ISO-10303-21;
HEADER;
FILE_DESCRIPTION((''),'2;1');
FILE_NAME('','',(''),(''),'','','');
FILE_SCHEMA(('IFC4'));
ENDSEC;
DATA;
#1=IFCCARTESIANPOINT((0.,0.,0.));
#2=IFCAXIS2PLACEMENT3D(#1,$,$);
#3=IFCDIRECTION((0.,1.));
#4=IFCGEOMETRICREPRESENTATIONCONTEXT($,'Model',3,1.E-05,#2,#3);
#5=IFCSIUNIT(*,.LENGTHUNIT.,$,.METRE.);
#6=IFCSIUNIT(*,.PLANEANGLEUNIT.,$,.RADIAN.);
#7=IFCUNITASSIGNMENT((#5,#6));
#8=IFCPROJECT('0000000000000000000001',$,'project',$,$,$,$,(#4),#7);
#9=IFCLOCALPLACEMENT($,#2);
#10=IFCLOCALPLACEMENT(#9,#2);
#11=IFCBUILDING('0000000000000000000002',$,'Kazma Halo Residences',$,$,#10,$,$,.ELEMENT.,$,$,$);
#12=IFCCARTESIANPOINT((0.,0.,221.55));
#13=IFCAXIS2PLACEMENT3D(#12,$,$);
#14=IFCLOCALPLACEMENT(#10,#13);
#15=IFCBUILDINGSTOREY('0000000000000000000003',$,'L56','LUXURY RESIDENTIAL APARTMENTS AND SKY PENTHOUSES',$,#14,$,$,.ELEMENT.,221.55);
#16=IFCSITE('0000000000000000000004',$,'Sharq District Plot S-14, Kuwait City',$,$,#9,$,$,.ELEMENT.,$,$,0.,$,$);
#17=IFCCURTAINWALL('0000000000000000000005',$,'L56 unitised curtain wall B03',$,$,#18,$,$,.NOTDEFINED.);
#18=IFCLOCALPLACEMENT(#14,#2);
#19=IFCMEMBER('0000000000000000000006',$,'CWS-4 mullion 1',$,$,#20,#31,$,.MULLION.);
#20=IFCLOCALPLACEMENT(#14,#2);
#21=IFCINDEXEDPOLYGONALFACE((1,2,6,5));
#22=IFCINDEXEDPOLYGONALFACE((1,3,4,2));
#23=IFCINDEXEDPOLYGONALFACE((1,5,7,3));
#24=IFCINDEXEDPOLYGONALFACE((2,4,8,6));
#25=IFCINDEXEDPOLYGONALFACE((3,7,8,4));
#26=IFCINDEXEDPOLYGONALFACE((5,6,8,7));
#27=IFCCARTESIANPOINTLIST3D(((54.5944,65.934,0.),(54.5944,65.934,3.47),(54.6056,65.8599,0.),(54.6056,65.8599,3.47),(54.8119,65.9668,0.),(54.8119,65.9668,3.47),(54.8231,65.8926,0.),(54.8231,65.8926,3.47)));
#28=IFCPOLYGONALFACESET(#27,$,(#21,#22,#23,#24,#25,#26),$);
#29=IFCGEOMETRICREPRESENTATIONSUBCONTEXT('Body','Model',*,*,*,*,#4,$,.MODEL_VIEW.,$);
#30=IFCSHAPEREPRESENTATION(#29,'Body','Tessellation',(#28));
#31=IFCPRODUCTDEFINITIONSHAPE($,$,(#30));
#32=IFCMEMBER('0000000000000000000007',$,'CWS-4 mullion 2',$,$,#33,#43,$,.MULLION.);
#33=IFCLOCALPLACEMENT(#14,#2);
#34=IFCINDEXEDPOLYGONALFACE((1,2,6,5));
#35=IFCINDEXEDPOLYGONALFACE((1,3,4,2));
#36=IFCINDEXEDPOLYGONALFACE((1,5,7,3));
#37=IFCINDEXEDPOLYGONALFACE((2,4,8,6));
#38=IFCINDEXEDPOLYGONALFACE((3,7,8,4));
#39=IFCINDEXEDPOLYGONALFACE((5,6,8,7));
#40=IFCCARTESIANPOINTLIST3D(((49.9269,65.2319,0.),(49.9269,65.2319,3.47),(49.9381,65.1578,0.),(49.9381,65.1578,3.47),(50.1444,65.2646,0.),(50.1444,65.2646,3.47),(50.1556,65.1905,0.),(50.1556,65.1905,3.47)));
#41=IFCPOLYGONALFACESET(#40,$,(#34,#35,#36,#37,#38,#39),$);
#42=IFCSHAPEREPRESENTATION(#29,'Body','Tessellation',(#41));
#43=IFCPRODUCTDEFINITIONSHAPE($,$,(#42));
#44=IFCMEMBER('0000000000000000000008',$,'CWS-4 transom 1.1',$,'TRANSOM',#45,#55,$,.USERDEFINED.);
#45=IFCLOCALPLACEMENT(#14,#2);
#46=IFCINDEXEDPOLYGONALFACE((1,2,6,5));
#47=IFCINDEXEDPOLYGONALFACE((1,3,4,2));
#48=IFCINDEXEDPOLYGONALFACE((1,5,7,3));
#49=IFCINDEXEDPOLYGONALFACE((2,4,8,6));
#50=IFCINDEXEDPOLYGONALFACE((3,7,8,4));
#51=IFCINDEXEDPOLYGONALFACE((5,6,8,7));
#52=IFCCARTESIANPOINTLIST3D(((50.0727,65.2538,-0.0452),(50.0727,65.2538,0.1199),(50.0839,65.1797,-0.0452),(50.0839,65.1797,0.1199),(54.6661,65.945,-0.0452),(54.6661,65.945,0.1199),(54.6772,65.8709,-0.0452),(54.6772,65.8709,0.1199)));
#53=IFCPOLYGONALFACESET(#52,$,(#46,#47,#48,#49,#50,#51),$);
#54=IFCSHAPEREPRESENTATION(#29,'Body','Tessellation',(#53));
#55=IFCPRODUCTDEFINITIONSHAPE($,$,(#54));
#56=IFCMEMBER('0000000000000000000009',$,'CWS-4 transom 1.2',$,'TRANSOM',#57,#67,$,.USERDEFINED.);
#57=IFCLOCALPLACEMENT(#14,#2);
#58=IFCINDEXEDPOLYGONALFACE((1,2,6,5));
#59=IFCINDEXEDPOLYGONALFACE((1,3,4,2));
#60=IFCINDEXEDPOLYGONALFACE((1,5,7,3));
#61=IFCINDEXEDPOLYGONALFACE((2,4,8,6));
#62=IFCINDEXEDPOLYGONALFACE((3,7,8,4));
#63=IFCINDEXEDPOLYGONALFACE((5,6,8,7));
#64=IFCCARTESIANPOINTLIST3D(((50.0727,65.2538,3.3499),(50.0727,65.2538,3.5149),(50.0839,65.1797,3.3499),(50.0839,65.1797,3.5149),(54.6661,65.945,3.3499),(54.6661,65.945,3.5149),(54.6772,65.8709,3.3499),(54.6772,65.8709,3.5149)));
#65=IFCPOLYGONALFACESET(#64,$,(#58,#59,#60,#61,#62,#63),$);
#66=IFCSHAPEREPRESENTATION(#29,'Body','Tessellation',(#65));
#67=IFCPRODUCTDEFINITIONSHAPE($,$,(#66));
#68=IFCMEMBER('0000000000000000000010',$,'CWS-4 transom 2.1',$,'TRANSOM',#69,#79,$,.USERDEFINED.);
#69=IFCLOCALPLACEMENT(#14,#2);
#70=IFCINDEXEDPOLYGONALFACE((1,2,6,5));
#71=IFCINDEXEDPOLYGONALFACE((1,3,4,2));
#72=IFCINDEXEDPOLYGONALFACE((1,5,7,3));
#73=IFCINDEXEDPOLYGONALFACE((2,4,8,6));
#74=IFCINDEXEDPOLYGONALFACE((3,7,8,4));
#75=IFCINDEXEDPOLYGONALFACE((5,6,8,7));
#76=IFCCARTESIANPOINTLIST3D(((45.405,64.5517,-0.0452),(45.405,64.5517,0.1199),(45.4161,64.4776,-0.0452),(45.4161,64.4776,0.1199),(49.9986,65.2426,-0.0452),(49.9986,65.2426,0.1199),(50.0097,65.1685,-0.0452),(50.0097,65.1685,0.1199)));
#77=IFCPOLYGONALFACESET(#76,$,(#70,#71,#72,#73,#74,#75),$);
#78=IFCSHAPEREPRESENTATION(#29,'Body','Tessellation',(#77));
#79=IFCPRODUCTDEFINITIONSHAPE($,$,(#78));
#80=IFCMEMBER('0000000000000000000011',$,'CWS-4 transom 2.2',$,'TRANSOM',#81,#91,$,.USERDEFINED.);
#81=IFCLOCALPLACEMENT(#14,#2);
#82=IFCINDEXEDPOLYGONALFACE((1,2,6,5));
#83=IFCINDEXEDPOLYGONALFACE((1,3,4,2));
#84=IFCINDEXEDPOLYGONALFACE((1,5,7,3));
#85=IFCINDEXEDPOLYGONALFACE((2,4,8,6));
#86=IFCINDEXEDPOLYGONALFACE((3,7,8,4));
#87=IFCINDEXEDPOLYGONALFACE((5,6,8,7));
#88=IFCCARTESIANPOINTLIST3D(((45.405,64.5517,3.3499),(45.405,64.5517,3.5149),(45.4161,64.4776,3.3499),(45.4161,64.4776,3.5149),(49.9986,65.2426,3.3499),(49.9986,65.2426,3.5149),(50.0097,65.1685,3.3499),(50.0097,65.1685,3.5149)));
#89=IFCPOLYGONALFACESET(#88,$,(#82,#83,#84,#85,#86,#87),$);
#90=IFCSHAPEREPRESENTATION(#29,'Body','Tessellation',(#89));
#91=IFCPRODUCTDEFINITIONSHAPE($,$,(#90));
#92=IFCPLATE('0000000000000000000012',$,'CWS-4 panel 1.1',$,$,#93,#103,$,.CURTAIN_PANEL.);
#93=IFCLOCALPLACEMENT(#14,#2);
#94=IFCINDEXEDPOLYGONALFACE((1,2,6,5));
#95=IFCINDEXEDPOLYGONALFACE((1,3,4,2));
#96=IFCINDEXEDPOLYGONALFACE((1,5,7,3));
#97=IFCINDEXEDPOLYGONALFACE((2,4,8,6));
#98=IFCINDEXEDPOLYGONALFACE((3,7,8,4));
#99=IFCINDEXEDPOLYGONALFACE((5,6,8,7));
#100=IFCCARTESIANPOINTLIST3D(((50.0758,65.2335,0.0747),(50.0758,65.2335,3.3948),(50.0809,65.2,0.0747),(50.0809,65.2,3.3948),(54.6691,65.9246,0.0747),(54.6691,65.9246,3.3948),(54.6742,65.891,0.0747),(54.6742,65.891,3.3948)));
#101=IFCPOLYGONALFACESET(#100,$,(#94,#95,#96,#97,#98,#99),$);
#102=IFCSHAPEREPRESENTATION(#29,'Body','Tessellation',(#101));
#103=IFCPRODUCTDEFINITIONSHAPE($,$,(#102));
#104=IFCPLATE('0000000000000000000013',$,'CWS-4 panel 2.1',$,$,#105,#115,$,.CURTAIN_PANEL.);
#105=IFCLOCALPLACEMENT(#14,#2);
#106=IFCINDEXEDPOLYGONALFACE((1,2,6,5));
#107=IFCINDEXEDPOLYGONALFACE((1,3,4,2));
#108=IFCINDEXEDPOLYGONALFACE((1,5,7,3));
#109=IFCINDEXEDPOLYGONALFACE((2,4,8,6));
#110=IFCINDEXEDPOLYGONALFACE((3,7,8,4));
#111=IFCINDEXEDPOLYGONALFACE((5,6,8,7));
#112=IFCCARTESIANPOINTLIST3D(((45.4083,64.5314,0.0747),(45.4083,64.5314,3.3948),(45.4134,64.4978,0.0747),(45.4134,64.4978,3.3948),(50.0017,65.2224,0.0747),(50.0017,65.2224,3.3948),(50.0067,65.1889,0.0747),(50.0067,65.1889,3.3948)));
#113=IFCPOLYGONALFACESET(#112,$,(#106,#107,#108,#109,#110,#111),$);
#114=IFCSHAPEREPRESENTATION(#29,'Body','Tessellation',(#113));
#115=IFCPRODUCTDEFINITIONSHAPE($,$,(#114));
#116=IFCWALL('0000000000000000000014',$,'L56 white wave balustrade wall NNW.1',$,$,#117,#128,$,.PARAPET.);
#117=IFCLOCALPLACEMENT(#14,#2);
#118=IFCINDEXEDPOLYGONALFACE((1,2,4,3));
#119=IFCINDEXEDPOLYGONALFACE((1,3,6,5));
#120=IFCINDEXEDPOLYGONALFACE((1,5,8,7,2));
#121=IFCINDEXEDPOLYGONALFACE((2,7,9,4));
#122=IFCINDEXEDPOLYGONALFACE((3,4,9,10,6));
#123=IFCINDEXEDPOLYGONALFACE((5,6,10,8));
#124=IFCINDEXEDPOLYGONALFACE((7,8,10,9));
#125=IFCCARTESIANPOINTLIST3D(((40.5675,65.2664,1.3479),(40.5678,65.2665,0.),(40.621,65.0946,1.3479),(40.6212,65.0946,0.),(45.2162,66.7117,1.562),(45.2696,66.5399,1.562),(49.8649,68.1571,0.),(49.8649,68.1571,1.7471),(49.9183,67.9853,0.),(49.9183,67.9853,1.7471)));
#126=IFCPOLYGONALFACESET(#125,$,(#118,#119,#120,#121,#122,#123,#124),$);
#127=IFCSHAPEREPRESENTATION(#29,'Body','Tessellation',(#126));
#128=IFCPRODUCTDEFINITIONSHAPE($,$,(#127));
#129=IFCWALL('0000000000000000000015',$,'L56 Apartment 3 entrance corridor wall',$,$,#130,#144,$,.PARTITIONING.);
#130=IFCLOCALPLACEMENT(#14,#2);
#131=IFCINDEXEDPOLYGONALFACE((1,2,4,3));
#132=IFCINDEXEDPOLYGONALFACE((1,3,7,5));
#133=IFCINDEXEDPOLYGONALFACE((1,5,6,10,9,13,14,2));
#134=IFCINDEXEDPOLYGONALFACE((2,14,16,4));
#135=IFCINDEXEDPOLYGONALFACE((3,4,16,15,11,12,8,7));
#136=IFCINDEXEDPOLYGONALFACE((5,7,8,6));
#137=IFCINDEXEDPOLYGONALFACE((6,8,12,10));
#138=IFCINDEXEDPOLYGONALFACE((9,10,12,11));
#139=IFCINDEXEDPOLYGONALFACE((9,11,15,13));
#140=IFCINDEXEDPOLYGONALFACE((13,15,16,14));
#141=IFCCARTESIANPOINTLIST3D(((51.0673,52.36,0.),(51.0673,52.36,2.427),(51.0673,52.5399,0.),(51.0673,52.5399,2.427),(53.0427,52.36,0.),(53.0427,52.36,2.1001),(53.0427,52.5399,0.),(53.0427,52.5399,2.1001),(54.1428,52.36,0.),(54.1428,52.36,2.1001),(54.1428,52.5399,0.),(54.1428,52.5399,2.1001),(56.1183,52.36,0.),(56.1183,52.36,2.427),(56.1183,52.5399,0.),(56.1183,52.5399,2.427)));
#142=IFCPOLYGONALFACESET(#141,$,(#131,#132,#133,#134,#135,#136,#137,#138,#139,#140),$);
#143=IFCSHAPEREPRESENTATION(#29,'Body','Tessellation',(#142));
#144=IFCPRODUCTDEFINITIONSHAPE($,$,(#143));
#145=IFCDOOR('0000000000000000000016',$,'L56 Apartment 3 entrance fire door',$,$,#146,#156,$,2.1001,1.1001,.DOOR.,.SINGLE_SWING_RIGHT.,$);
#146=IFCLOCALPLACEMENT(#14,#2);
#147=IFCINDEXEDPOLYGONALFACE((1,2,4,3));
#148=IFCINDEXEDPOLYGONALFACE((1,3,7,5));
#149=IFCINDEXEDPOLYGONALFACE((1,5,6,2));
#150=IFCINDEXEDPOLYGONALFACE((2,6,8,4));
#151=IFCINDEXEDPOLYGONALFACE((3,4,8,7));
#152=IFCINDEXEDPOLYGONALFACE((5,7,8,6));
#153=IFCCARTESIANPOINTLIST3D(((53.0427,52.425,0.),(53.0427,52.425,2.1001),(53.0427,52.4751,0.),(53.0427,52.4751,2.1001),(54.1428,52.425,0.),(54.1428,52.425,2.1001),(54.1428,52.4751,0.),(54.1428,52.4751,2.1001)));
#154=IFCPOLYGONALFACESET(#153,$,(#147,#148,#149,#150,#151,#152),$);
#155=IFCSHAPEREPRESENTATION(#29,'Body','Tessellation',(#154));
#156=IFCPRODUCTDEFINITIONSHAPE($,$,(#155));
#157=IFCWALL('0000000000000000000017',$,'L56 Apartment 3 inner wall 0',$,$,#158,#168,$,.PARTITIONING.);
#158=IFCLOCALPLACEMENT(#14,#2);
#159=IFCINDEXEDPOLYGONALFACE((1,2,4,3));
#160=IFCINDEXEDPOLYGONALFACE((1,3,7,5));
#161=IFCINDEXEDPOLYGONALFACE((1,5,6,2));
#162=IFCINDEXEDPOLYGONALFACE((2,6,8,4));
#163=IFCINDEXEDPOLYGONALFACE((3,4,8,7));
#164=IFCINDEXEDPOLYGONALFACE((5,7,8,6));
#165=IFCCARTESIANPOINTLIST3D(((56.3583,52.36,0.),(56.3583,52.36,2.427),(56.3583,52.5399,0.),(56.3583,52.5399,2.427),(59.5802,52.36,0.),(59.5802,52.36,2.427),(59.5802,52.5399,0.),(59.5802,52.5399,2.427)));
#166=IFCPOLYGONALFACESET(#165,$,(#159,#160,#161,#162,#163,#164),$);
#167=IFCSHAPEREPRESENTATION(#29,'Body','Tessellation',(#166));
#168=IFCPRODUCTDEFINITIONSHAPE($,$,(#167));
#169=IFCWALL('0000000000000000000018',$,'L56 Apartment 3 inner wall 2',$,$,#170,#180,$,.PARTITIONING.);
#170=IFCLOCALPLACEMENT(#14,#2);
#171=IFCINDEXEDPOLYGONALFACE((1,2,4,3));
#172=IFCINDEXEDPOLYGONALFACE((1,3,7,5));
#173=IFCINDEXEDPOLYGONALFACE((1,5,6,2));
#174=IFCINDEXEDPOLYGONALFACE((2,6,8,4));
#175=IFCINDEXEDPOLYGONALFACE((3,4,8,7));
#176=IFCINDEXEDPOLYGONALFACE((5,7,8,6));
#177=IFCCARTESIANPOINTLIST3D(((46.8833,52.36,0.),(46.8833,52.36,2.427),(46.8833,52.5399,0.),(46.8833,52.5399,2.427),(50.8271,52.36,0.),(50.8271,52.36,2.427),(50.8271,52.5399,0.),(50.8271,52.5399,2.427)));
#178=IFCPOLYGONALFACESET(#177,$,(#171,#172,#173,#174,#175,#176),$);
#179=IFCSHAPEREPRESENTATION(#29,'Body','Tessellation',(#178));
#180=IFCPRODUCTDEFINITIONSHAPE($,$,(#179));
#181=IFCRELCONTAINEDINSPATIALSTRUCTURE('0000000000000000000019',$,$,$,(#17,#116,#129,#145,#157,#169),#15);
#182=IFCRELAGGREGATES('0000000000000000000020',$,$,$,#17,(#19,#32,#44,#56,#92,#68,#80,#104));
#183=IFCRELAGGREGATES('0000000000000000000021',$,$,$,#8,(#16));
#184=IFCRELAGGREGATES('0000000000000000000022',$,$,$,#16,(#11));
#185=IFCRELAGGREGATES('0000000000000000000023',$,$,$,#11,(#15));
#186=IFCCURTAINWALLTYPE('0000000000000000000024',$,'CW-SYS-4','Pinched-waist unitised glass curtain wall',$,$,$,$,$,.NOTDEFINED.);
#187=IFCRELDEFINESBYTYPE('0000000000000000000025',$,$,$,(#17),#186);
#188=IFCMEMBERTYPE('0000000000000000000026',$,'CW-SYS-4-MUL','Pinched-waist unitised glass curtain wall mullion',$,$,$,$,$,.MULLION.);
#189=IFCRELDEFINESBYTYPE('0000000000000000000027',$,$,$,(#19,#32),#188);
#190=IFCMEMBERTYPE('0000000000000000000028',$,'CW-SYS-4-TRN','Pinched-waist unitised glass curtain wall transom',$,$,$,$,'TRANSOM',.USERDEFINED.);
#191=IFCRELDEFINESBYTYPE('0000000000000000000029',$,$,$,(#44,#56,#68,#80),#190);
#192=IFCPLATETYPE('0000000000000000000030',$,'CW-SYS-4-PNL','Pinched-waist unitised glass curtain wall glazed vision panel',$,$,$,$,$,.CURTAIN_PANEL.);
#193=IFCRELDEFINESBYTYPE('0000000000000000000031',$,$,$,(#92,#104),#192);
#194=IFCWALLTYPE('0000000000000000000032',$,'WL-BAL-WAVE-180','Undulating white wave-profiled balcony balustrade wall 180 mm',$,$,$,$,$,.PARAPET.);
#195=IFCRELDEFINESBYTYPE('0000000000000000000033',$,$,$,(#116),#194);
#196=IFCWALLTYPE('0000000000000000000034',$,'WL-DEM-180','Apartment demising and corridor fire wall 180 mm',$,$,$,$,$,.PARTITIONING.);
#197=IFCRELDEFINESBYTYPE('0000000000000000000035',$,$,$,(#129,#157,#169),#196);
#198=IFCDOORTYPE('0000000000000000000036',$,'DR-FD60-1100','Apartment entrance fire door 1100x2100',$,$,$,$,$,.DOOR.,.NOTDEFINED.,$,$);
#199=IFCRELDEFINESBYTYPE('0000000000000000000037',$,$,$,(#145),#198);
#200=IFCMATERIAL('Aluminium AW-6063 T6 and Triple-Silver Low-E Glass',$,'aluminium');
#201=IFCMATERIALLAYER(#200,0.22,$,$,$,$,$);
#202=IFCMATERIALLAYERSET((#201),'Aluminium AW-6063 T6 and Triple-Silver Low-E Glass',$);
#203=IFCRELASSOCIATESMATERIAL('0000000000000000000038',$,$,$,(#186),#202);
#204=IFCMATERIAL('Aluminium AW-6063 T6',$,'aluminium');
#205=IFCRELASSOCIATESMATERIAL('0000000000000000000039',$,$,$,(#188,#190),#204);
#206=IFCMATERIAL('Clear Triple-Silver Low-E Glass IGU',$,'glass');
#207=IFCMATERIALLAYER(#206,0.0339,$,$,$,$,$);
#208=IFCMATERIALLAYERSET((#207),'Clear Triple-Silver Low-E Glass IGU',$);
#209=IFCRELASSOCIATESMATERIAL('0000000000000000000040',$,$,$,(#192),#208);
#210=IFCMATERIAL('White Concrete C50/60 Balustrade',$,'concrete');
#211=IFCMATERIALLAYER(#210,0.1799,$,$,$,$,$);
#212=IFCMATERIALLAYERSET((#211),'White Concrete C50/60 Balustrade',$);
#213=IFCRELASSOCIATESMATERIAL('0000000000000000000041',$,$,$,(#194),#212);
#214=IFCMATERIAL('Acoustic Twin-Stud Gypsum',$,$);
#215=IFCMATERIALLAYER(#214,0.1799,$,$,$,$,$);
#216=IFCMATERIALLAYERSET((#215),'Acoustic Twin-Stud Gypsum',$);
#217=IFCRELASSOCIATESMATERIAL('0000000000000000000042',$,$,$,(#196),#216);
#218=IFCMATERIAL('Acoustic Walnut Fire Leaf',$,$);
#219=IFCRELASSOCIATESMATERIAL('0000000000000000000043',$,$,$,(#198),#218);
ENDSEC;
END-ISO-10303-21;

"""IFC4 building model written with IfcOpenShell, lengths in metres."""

from ifc_helpers import new_model, si_unit, direction, frame, frame_2d, origin, origin_2d, place, context, subcontext, project, spatial, polyline, rectangle, outline, extrude, material, layer, layer_set, material_profile, profile_set, type_object, element, fill, aggregate, save


model = new_model("IFC4")

# Units and contexts
model_context = context("Model", 3, precision=1e-05, world=origin(), true_north=direction((0.0, 1.0)))
body_context = subcontext(model_context, "Body", "Model", "MODEL_VIEW")
ifc_project = project(units=[si_unit("LENGTHUNIT", "METRE"), si_unit("PLANEANGLEUNIT", "RADIAN")], contexts=[model_context])

# Site, building, storey
site_placement = place(None, origin())
site = spatial("IfcSite", under=ifc_project, at=site_placement, Name="Sharq District Plot S-14, Kuwait City", CompositionType="ELEMENT", RefElevation=0.0)
building_placement = place(site_placement, origin())
building = spatial("IfcBuilding", under=site, at=building_placement, Name="Kazma Halo Residences", CompositionType="ELEMENT")
storey_placement = place(building_placement, frame((0.0, 0.0, 221.55)))
storey = spatial("IfcBuildingStorey", under=building, at=storey_placement, Name="L56", Description="LUXURY RESIDENTIAL APARTMENTS AND SKY PENTHOUSES", CompositionType="ELEMENT", Elevation=221.55)

# Curtain wall, members, plates
ifc_material_1 = material(Name="Aluminium AW-6063 T6 and Triple-Silver Low-E Glass", Category="aluminium")
ifc_layer_1 = layer(ifc_material_1, 0.22)
ifc_layer_set_1 = layer_set([ifc_layer_1], Name="Aluminium AW-6063 T6 and Triple-Silver Low-E Glass")
curtain_wall_type = type_object("IfcCurtainWallType", Name="CW-SYS-4", Description="Pinched-waist unitised glass curtain wall", PredefinedType="NOTDEFINED", material=ifc_layer_set_1)
curtain_wall_placement = place(storey_placement, origin())
curtain_wall = element("IfcCurtainWall", 1, at=curtain_wall_placement, inside=storey, type_object=curtain_wall_type, Name="L56 unitised curtain wall B03", PredefinedType="NOTDEFINED")
ifc_material_2 = material(Name="Aluminium AW-6063 T6", Category="aluminium")
ifc_material_profile_1 = material_profile(ifc_material_2, rectangle(XDim=0.075, YDim=0.22, at=origin_2d()), Name="CWM-75x220")
ifc_profile_set_1 = profile_set([ifc_material_profile_1], Name="Aluminium AW-6063 T6")
member_type_1 = type_object("IfcMemberType", Name="CW-SYS-4-MUL", Description="Pinched-waist unitised glass curtain wall mullion", PredefinedType="MULLION", material=ifc_profile_set_1)
member_1_placement = place(storey_placement, frame((54.7087, 65.9133, 0.0), z_axis=(0.0, 0.0, 1.0), x_axis=(0.148773, -0.988871, 0.0)))
member_1 = element("IfcMember", 2, at=member_1_placement, type_object=member_type_1, Name="CWS-4 mullion 1", PredefinedType="MULLION", context=body_context, shape_type="SweptSolid", body=[
    extrude(rectangle(XDim=0.075, YDim=0.22, at=origin_2d()), origin(), (0.0, 0.0, 1.0), 3.47),
])
member_2_placement = place(storey_placement, frame((50.0413, 65.2112, 0.0), z_axis=(0.0, 0.0, 1.0), x_axis=(0.148773, -0.988871, 0.0)))
member_2 = element("IfcMember", 3, at=member_2_placement, type_object=member_type_1, Name="CWS-4 mullion 2", PredefinedType="MULLION", context=body_context, shape_type="SweptSolid", body=[
    extrude(rectangle(XDim=0.075, YDim=0.22, at=origin_2d()), origin(), (0.0, 0.0, 1.0), 3.47),
])
ifc_material_profile_2 = material_profile(ifc_material_2, rectangle(XDim=0.075, YDim=0.165, at=origin_2d()), Name="CWT-75x165")
ifc_profile_set_2 = profile_set([ifc_material_profile_2], Name="Aluminium AW-6063 T6")
member_type_2 = type_object("IfcMemberType", Name="CW-SYS-4-TRN", Description="Pinched-waist unitised glass curtain wall transom", ElementType="TRANSOM", PredefinedType="USERDEFINED", material=ifc_profile_set_2)
member_3_placement = place(storey_placement, frame((54.6716, 65.908, 0.0374), z_axis=(-0.988868, -0.148798, 0.0), x_axis=(0.148798, -0.988868, 0.0)))
member_3 = element("IfcMember", 4, at=member_3_placement, type_object=member_type_2, Name="CWS-4 transom 1.1", ObjectType="TRANSOM", PredefinedType="USERDEFINED", context=body_context, shape_type="SweptSolid", body=[
    extrude(rectangle(XDim=0.075, YDim=0.165, at=origin_2d()), origin(), (0.0, 0.0, 1.0), 4.645),
])
member_4_placement = place(storey_placement, frame((54.6716, 65.908, 3.4324), z_axis=(-0.988868, -0.148798, 0.0), x_axis=(0.148798, -0.988868, 0.0)))
member_4 = element("IfcMember", 5, at=member_4_placement, type_object=member_type_2, Name="CWS-4 transom 1.2", ObjectType="TRANSOM", PredefinedType="USERDEFINED", context=body_context, shape_type="SweptSolid", body=[
    extrude(rectangle(XDim=0.075, YDim=0.165, at=origin_2d()), origin(), (0.0, 0.0, 1.0), 4.645),
])
member_5_placement = place(storey_placement, frame((50.0042, 65.2056, 0.0374), z_axis=(-0.988877, -0.148739, 0.0), x_axis=(0.148739, -0.988877, 0.0)))
member_5 = element("IfcMember", 6, at=member_5_placement, type_object=member_type_2, Name="CWS-4 transom 2.1", ObjectType="TRANSOM", PredefinedType="USERDEFINED", context=body_context, shape_type="SweptSolid", body=[
    extrude(rectangle(XDim=0.075, YDim=0.165, at=origin_2d()), origin(), (0.0, 0.0, 1.0), 4.6453),
])
member_6_placement = place(storey_placement, frame((50.0042, 65.2056, 3.4324), z_axis=(-0.988877, -0.148739, 0.0), x_axis=(0.148739, -0.988877, 0.0)))
member_6 = element("IfcMember", 7, at=member_6_placement, type_object=member_type_2, Name="CWS-4 transom 2.2", ObjectType="TRANSOM", PredefinedType="USERDEFINED", context=body_context, shape_type="SweptSolid", body=[
    extrude(rectangle(XDim=0.075, YDim=0.165, at=origin_2d()), origin(), (0.0, 0.0, 1.0), 4.6453),
])
ifc_material_3 = material(Name="Clear Triple-Silver Low-E Glass IGU", Category="glass")
ifc_layer_2 = layer(ifc_material_3, 0.0339)
ifc_layer_set_2 = layer_set([ifc_layer_2], Name="Clear Triple-Silver Low-E Glass IGU")
plate_type = type_object("IfcPlateType", Name="CW-SYS-4-PNL", Description="Pinched-waist unitised glass curtain wall glazed vision panel", PredefinedType="CURTAIN_PANEL", material=ifc_layer_set_2)
plate_1_placement = place(storey_placement, frame((52.375, 65.5623, 0.0747), z_axis=(0.0, 0.0, 1.0), x_axis=(-0.988871, -0.148773, 0.0)))
plate_1 = element("IfcPlate", 8, at=plate_1_placement, type_object=plate_type, Name="CWS-4 panel 1.1", PredefinedType="CURTAIN_PANEL", context=body_context, shape_type="SweptSolid", body=[
    extrude(rectangle(XDim=4.645, YDim=0.0339, at=origin_2d()), origin(), (0.0, 0.0, 1.0), 3.3201),
])
plate_2_placement = place(storey_placement, frame((47.7075, 64.8601, 0.0747), z_axis=(0.0, 0.0, 1.0), x_axis=(-0.988871, -0.148773, 0.0)))
plate_2 = element("IfcPlate", 9, at=plate_2_placement, type_object=plate_type, Name="CWS-4 panel 2.1", PredefinedType="CURTAIN_PANEL", context=body_context, shape_type="SweptSolid", body=[
    extrude(rectangle(XDim=4.645, YDim=0.0339, at=origin_2d()), origin(), (0.0, 0.0, 1.0), 3.3201),
])
aggregate(curtain_wall, [member_1, member_2, member_3, member_4, plate_1, member_5, member_6, plate_2])

# Wall
ifc_material_4 = material(Name="White Concrete C50/60 Balustrade", Category="concrete")
ifc_layer_3 = layer(ifc_material_4, 0.1799)
ifc_layer_set_3 = layer_set([ifc_layer_3], Name="White Concrete C50/60 Balustrade")
wall_type_1 = type_object("IfcWallType", Name="WL-BAL-WAVE-180", Description="Undulating white wave-profiled balcony balustrade wall 180 mm", PredefinedType="PARAPET", material=ifc_layer_set_3)
wall_1_placement = place(storey_placement, frame((49.8916, 68.071, 0.0), z_axis=(0.0, 0.0, 1.0), x_axis=(-0.95491, -0.296897, 0.0)))
element("IfcWall", 10, at=wall_1_placement, inside=storey, type_object=wall_type_1, Name="L56 white wave balustrade wall NNW.1", PredefinedType="PARAPET", context=body_context, shape_type="SweptSolid", body=[
    extrude(outline(polyline([(0.0, 0.0), (9.7361, 0.0), (9.7363, 1.3479), (4.8682, 1.562), (0.0, 1.7471), (0.0, 0.0)])), frame((0.0, 0.0898, 0.0), z_axis=(0.0, -1.0, 0.0), x_axis=(1.0, 0.0, 0.0)), (0.0, 0.0, 1.0), 0.1799),
])

# Wall, opening, door
ifc_material_5 = material(Name="Acoustic Twin-Stud Gypsum")
ifc_layer_4 = layer(ifc_material_5, 0.1799)
ifc_layer_set_4 = layer_set([ifc_layer_4], Name="Acoustic Twin-Stud Gypsum")
wall_type_2 = type_object("IfcWallType", Name="WL-DEM-180", Description="Apartment demising and corridor fire wall 180 mm", PredefinedType="PARTITIONING", material=ifc_layer_set_4)
wall_2_placement = place(storey_placement, frame((56.1182, 52.45, 0.0), z_axis=(0.0, 0.0, 1.0), x_axis=(-1.0, 0.0, 0.0)))
wall_2 = element("IfcWall", 11, at=wall_2_placement, inside=storey, type_object=wall_type_2, Name="L56 Apartment 3 entrance corridor wall", PredefinedType="PARTITIONING", context=body_context, shape_type="SweptSolid", body=[
    extrude(rectangle(XDim=5.051, YDim=0.1799, at=frame_2d((2.5254, 0.0))), origin(), (0.0, 0.0, 1.0), 2.427),
])
opening_1_placement = place(wall_2_placement, frame((1.9753, 0.0, 0.0)))
opening_1 = element("IfcOpeningElement", 12, at=opening_1_placement, cuts=wall_2, PredefinedType="OPENING", context=body_context, shape_type="SweptSolid", body=[
    extrude(rectangle(XDim=1.1001, YDim=2.1001, at=frame_2d((0.55, 1.05))), frame((0.0, 0.0999, 0.0), z_axis=(0.0, -1.0, 0.0), x_axis=(1.0, 0.0, 0.0)), (0.0, 0.0, 1.0), 0.2),
])
ifc_material_6 = material(Name="Acoustic Walnut Fire Leaf")
door_type_1 = type_object("IfcDoorType", Name="DR-FD60-1100", Description="Apartment entrance fire door 1100x2100", OperationType="NOTDEFINED", PredefinedType="DOOR", material=ifc_material_6)
door_1_placement = place(opening_1_placement, origin())
door_1 = element("IfcDoor", 13, at=door_1_placement, inside=storey, type_object=door_type_1, Name="L56 Apartment 3 entrance fire door", OperationType="SINGLE_SWING_RIGHT", OverallHeight=2.1001, OverallWidth=1.1001, PredefinedType="DOOR", context=body_context, shape_type="SweptSolid", body=[
    extrude(rectangle(XDim=1.1001, YDim=2.1001, at=frame_2d((0.55, 1.05))), frame((0.0, 0.0249, 0.0), z_axis=(0.0, -1.0, 0.0), x_axis=(1.0, 0.0, 0.0)), (0.0, 0.0, 1.0), 0.05),
])
fill(opening_1, door_1)

# Walls
wall_3_placement = place(storey_placement, frame((59.5801, 52.45, 0.0), z_axis=(0.0, 0.0, 1.0), x_axis=(-1.0, 0.0, 0.0)))
element("IfcWall", 14, at=wall_3_placement, inside=storey, type_object=wall_type_2, Name="L56 Apartment 3 inner wall 0", PredefinedType="PARTITIONING", context=body_context, shape_type="SweptSolid", body=[
    extrude(rectangle(XDim=3.2219, YDim=0.1799, at=frame_2d((1.6108, 0.0))), origin(), (0.0, 0.0, 1.0), 2.427),
])
wall_4_placement = place(storey_placement, frame((50.8271, 52.45, 0.0), z_axis=(0.0, 0.0, 1.0), x_axis=(-1.0, 0.0, 0.0)))
element("IfcWall", 15, at=wall_4_placement, inside=storey, type_object=wall_type_2, Name="L56 Apartment 3 inner wall 2", PredefinedType="PARTITIONING", context=body_context, shape_type="SweptSolid", body=[
    extrude(rectangle(XDim=3.9438, YDim=0.1799, at=frame_2d((1.9719, 0.0))), origin(), (0.0, 0.0, 1.0), 2.427),
])

save(model, "model.ifc")
